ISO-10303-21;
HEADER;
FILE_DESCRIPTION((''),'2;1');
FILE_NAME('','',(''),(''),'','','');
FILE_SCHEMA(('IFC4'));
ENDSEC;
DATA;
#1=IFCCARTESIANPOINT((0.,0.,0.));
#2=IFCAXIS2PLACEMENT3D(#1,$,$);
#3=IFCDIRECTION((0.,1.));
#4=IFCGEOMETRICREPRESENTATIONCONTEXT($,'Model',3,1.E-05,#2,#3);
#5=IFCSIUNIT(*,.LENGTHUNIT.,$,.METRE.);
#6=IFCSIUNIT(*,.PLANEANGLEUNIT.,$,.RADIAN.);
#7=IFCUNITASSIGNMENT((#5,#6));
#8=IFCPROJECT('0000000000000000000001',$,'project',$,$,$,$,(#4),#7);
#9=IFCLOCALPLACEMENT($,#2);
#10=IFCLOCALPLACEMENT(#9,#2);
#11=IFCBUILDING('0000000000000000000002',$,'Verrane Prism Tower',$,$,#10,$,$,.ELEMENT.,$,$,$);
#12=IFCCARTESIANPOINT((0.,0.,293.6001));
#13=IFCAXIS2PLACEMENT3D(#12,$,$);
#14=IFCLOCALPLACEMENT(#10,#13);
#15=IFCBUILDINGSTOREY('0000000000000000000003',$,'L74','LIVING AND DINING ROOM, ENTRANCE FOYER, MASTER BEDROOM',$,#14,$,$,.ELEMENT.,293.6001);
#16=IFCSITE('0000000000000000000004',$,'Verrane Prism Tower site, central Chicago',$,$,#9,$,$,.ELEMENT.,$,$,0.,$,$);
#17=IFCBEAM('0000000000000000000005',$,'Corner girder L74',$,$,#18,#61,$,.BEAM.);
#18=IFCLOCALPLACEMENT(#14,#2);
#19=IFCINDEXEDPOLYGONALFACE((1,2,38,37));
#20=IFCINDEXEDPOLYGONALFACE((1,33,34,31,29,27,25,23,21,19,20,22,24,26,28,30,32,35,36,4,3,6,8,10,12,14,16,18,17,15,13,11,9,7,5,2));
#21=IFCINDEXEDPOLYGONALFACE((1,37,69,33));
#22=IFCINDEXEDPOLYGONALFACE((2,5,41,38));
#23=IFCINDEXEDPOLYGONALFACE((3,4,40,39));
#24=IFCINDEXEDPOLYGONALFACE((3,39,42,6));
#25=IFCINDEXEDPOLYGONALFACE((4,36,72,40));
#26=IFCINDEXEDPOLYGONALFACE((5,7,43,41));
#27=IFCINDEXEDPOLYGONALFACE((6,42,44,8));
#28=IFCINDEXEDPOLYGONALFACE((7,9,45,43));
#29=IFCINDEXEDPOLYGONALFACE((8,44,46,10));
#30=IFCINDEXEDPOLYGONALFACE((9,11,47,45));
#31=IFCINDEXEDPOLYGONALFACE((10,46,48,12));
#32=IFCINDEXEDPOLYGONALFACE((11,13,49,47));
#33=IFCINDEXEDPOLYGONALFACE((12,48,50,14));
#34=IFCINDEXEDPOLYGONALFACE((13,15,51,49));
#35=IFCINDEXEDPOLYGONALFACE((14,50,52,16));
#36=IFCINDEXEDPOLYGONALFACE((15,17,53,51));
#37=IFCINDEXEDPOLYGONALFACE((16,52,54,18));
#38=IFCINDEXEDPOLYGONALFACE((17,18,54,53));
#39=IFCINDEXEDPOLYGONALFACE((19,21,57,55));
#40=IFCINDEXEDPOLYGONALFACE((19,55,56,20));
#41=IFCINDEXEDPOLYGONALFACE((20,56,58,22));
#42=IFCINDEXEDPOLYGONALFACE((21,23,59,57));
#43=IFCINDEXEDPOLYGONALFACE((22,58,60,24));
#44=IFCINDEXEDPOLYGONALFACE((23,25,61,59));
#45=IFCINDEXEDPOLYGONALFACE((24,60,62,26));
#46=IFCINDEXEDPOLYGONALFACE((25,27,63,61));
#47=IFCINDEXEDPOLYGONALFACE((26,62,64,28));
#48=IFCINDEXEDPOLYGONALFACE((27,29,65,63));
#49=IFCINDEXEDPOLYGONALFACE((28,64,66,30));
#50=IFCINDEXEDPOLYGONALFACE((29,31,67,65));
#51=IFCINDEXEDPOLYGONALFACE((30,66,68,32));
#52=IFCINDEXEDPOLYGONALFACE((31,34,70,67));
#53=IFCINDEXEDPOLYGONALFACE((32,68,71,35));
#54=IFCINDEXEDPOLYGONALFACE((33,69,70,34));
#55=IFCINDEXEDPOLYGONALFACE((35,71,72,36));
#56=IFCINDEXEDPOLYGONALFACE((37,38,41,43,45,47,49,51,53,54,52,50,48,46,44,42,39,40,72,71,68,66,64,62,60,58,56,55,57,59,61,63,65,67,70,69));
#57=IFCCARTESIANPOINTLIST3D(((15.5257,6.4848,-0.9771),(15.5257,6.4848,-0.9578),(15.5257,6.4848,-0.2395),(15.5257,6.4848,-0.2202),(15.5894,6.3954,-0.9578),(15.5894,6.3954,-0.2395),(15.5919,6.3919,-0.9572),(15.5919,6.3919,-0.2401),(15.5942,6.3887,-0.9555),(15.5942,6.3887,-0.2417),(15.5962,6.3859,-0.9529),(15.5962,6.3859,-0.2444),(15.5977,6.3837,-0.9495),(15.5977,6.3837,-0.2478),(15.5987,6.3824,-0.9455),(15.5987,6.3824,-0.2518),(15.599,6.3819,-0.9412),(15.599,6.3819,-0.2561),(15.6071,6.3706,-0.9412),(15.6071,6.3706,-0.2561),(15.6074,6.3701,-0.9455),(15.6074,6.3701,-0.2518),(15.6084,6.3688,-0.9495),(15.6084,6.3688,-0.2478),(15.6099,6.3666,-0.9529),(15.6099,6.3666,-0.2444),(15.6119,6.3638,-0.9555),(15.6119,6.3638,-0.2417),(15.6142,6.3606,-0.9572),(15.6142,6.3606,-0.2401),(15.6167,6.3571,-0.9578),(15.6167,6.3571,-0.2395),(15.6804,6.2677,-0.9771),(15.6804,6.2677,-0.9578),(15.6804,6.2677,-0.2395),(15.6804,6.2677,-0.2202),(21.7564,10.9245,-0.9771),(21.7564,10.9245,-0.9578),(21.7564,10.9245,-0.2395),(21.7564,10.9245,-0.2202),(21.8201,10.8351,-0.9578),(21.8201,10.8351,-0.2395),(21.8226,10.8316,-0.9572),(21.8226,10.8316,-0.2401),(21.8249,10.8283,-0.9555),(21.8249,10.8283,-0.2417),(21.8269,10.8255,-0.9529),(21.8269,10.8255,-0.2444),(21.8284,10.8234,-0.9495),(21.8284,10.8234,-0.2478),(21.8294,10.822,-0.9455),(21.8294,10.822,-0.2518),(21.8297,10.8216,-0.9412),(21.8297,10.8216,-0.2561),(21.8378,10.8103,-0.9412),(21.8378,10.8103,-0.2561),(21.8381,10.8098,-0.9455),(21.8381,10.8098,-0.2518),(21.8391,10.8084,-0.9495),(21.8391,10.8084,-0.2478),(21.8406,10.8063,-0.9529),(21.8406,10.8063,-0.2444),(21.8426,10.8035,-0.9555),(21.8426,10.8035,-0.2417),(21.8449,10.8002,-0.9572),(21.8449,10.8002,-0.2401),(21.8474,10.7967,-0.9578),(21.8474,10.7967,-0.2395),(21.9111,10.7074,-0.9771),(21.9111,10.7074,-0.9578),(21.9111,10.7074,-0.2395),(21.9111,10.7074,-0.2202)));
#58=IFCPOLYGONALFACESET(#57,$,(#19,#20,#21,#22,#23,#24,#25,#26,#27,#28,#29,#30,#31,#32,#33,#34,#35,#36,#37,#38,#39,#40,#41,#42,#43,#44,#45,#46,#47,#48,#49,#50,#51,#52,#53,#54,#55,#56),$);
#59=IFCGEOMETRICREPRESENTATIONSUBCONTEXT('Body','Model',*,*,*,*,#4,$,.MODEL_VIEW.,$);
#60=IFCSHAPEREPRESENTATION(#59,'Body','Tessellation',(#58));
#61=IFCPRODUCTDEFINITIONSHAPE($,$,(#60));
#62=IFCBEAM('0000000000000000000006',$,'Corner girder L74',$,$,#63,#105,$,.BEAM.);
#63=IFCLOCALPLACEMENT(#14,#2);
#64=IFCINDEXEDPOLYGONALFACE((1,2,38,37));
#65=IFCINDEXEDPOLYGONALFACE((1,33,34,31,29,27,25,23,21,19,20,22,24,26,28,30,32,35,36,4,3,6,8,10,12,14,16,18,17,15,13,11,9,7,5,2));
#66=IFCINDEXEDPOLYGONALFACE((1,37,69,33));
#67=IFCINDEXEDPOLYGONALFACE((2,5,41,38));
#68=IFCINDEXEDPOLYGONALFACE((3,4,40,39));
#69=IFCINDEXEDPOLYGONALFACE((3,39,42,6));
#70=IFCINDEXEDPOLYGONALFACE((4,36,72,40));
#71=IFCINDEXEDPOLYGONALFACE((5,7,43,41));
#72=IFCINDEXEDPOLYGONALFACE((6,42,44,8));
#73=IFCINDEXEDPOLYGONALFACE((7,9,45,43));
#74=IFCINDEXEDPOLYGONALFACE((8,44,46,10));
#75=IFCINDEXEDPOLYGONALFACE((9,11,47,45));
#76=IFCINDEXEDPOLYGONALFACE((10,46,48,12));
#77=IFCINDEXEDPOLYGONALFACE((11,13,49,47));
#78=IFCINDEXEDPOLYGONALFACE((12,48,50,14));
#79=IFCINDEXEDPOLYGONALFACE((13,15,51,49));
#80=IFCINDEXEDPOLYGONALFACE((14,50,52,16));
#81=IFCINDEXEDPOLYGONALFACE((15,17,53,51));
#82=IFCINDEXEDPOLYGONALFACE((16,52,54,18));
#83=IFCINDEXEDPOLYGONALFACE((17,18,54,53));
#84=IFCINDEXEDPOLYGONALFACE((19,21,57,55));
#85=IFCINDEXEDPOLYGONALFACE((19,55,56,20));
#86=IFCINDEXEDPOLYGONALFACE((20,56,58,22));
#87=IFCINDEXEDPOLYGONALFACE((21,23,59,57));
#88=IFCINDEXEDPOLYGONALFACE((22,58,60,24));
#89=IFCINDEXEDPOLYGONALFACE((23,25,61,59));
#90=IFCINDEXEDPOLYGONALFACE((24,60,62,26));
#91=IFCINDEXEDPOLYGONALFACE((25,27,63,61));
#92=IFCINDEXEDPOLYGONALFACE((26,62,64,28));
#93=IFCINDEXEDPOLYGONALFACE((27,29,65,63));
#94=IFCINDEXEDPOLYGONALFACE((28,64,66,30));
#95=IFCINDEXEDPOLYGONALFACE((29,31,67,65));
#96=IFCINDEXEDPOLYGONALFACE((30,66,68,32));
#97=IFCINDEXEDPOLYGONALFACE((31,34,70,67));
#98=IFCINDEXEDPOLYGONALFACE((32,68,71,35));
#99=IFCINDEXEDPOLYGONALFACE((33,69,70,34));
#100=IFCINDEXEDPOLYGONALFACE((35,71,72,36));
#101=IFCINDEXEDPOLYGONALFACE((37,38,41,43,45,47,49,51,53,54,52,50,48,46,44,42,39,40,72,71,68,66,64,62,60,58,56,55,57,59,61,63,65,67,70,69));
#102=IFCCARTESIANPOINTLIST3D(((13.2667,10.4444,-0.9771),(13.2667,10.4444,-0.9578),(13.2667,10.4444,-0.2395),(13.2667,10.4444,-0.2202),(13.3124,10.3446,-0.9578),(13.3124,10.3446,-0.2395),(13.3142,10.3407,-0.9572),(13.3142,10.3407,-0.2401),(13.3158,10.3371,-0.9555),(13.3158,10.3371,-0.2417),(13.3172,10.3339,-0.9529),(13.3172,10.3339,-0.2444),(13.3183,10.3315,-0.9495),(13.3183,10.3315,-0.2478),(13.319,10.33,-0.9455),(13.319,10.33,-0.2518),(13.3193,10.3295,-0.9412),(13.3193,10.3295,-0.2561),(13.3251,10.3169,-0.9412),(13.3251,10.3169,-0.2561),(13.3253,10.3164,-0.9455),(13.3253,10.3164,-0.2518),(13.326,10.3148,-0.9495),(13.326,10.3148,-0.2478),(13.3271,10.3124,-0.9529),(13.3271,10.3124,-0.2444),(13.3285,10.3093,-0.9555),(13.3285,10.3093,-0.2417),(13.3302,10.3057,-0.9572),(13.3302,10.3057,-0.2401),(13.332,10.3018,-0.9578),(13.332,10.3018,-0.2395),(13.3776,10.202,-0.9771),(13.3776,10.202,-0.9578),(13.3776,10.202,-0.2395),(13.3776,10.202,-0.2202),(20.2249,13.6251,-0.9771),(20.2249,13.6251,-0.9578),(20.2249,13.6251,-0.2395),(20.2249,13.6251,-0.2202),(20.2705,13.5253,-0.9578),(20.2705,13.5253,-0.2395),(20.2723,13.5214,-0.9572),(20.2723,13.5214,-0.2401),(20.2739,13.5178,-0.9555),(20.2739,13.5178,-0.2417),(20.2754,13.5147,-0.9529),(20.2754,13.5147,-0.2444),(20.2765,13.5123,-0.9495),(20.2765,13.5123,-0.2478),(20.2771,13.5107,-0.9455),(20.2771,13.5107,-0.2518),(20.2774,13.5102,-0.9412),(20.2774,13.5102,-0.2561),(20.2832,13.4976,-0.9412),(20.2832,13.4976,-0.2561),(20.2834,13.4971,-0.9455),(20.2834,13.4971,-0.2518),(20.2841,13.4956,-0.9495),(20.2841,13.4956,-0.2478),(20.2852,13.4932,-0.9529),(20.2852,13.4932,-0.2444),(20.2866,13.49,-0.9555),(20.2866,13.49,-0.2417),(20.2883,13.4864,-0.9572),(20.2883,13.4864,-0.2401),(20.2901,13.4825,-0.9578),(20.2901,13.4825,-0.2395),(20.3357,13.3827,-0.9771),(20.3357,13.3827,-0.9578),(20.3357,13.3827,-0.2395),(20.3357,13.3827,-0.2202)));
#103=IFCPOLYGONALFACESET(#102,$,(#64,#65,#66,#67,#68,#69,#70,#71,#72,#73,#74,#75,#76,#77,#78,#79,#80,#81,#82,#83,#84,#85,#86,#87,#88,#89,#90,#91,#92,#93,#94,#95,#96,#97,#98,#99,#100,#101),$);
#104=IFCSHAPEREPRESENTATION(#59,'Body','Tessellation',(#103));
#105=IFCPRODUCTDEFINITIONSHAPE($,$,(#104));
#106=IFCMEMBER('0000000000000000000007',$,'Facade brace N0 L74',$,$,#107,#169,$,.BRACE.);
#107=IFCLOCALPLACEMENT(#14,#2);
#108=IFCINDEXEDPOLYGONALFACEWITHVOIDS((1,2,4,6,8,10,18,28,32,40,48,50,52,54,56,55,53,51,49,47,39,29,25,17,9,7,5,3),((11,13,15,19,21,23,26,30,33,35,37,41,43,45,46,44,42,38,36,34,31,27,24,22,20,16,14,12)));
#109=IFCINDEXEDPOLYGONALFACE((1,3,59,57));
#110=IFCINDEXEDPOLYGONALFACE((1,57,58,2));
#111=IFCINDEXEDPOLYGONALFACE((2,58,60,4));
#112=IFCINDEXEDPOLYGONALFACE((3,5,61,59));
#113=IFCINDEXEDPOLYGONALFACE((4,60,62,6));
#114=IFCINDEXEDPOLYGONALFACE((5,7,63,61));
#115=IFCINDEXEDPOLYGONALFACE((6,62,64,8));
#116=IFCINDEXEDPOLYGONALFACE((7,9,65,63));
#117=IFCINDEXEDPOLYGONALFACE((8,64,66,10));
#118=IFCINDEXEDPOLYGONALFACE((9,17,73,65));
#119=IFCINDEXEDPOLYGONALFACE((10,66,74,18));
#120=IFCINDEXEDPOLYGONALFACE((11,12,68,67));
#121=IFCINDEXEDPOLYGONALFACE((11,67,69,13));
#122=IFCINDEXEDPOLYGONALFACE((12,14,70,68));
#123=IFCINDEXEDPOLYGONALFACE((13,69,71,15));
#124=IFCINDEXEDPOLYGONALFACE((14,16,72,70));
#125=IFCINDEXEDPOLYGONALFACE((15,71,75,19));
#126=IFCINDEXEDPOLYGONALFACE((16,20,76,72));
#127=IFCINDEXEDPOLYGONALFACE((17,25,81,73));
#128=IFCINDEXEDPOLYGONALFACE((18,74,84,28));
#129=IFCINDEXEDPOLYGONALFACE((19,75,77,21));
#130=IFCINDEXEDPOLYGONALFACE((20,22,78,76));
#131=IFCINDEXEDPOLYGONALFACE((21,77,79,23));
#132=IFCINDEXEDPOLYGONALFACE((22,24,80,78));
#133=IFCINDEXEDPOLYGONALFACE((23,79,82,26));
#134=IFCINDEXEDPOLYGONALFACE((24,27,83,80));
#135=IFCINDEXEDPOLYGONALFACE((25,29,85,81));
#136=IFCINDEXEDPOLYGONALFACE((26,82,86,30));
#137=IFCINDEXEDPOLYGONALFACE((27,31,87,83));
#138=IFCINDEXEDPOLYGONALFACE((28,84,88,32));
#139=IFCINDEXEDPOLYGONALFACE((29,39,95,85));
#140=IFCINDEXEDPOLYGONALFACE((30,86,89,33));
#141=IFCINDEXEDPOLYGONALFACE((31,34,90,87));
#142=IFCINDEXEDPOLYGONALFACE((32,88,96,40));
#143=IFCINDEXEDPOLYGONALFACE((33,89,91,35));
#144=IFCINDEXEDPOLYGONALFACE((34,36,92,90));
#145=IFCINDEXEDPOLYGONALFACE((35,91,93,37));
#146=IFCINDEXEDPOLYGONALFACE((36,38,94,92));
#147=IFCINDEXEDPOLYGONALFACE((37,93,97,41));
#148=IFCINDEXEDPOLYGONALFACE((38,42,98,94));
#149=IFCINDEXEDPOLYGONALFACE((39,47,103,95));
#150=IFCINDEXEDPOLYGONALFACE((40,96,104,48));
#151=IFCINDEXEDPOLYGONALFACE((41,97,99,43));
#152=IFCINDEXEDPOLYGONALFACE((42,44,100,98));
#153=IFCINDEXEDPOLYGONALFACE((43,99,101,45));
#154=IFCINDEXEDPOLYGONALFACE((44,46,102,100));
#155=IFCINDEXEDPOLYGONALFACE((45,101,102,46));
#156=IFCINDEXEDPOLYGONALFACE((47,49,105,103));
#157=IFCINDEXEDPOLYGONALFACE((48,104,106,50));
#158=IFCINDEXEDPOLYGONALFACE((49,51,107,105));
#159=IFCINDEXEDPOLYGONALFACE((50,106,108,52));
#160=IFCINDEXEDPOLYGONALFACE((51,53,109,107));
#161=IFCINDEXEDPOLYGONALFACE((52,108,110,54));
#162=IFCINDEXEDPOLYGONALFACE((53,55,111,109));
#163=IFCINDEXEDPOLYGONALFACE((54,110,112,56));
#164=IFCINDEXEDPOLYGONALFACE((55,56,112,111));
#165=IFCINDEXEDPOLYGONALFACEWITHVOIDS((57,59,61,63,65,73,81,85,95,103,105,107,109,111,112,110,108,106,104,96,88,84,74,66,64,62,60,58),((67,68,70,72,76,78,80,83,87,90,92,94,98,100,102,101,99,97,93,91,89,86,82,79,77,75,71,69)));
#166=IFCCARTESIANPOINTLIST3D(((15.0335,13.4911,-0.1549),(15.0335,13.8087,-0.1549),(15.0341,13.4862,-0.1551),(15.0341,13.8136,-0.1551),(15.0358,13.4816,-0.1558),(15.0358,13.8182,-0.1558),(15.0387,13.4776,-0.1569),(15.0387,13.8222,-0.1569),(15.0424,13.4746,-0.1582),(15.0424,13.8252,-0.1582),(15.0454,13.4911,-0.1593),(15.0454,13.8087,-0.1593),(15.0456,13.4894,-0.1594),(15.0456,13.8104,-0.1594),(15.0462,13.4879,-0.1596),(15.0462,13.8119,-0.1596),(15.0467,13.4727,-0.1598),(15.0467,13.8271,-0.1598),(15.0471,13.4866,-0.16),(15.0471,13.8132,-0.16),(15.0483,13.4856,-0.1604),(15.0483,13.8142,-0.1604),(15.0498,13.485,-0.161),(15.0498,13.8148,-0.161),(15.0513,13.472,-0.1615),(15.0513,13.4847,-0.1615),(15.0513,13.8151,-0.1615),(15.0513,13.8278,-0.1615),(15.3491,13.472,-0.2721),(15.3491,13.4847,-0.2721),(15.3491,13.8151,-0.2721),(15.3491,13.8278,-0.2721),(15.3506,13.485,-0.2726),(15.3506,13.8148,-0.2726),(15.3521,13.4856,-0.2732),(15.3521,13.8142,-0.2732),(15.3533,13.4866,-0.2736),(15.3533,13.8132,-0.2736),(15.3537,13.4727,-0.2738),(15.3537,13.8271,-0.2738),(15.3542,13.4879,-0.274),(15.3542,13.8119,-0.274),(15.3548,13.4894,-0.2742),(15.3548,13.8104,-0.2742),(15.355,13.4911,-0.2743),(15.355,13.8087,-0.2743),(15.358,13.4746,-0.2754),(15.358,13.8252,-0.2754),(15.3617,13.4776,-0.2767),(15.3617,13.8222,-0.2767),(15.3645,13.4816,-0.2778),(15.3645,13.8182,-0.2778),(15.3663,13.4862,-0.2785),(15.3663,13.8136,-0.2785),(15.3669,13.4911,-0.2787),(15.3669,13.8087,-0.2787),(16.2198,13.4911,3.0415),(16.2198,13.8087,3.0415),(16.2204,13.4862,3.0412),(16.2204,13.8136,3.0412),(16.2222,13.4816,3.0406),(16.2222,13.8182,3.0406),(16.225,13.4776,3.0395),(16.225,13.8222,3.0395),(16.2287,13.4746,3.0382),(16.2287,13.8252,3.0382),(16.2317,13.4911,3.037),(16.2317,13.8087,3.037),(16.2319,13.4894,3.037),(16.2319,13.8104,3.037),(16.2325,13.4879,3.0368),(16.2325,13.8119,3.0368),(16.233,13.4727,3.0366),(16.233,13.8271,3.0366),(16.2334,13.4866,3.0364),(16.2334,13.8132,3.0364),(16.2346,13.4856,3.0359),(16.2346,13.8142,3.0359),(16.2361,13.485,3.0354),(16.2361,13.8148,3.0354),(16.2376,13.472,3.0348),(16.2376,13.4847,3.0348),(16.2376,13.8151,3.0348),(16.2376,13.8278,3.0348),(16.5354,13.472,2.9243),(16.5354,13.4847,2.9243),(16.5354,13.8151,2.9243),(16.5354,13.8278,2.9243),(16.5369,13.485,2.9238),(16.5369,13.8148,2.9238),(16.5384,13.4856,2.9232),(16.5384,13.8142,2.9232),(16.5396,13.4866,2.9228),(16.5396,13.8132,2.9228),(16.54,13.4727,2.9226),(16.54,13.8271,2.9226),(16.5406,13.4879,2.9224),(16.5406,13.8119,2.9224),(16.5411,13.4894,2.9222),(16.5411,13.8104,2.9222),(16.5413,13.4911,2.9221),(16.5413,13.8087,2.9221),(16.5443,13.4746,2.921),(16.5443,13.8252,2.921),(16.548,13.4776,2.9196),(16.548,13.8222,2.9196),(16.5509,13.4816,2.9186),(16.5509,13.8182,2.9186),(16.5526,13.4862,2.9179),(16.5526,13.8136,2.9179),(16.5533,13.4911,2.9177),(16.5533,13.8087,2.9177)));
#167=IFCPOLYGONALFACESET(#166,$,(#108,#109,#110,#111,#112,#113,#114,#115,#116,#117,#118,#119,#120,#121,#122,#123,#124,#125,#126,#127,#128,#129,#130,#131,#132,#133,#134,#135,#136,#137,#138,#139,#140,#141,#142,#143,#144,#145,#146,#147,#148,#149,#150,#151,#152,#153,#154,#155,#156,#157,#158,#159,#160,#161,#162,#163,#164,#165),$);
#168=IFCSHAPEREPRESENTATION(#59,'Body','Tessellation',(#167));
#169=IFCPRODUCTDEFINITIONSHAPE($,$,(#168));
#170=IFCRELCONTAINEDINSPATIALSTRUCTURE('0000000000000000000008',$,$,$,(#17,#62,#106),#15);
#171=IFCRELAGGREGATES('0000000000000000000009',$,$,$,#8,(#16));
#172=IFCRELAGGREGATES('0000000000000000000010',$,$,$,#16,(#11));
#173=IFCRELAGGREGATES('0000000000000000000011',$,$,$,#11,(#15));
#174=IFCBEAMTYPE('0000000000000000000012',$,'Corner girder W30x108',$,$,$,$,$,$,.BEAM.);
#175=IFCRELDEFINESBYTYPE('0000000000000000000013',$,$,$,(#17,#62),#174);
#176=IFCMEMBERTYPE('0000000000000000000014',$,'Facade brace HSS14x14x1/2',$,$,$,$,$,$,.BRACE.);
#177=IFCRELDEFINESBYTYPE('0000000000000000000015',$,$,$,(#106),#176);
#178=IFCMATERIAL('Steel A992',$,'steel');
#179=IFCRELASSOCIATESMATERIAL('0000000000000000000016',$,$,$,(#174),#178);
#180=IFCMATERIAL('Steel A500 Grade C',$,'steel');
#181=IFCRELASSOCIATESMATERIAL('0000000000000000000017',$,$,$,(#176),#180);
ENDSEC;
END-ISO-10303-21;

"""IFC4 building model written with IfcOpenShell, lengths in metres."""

from ifc_helpers import new_model, si_unit, direction, frame, origin, origin_2d, place, context, subcontext, project, spatial, hollow_rectangle, i_section, extrude, material, material_profile, profile_set, type_object, element, save


model = new_model("IFC4")

# Units and contexts
model_context = context("Model", 3, precision=1e-05, world=origin(), true_north=direction((0.0, 1.0)))
body_context = subcontext(model_context, "Body", "Model", "MODEL_VIEW")
ifc_project = project(units=[si_unit("LENGTHUNIT", "METRE"), si_unit("PLANEANGLEUNIT", "RADIAN")], contexts=[model_context])

# Site, building, storey
site_placement = place(None, origin())
site = spatial("IfcSite", under=ifc_project, at=site_placement, Name="Verrane Prism Tower site, central Chicago", CompositionType="ELEMENT", RefElevation=0.0)
building_placement = place(site_placement, origin())
building = spatial("IfcBuilding", under=site, at=building_placement, Name="Verrane Prism Tower", CompositionType="ELEMENT")
storey_placement = place(building_placement, frame((0.0, 0.0, 293.6001)))
storey = spatial("IfcBuildingStorey", under=building, at=storey_placement, Name="L74", Description="LIVING AND DINING ROOM, ENTRANCE FOYER, MASTER BEDROOM", CompositionType="ELEMENT", Elevation=293.6001)

# Beams
ifc_material_1 = material(Name="Steel A992", Category="steel")
ifc_material_profile_1 = material_profile(ifc_material_1, i_section(OverallWidth=0.2666, OverallDepth=0.7568, WebThickness=0.0139, FlangeThickness=0.0193, FilletRadius=0.0166, at=origin_2d()), Name="W30x108")
ifc_profile_set_1 = profile_set([ifc_material_profile_1], Name="Steel A992")
beam_type_1 = type_object("IfcBeamType", Name="Corner girder W30x108", PredefinedType="BEAM", material=ifc_profile_set_1)
for number, where, z_axis, x_axis, name in (
    (1, (21.8337, 10.8159, -0.5986), (-0.814401, -0.580302, 0.0), (0.580302, -0.814401, 0.0), "Corner girder L74"),
    (2, (20.2803, 13.5039, -0.5986), (-0.909481, -0.415745, 0.0), (0.415745, -0.909481, 0.0), "Corner girder L74"),
):
    element("IfcBeam", number, at=place(storey_placement, frame(where, z_axis=z_axis, x_axis=x_axis)), inside=storey, type_object=beam_type_1, Name=name, PredefinedType="BEAM", context=body_context, shape_type="SweptSolid", body=[
        extrude(i_section(OverallWidth=0.2666, OverallDepth=0.7568, WebThickness=0.0139, FlangeThickness=0.0193, FilletRadius=0.0166, at=origin_2d()), origin(), (0.0, 0.0, 1.0), 7.6506),
    ])

# Member
ifc_material_2 = material(Name="Steel A500 Grade C", Category="steel")
ifc_material_profile_2 = material_profile(ifc_material_2, hollow_rectangle(XDim=0.3557, YDim=0.3557, WallThickness=0.0127, InnerFilletRadius=0.0063, OuterFilletRadius=0.019, at=origin_2d()), Name="HSS14x14x1/2")
ifc_profile_set_2 = profile_set([ifc_material_profile_2], Name="Steel A500 Grade C")
member_type_1 = type_object("IfcMemberType", Name="Facade brace HSS14x14x1/2", PredefinedType="BRACE", material=ifc_profile_set_2)
member_1_placement = place(storey_placement, frame((15.2002, 13.6499, -0.2168), z_axis=(0.347951, 0.0, 0.937513), x_axis=(0.0, 1.0, 0.0)))
element("IfcMember", 3, at=member_1_placement, inside=storey, type_object=member_type_1, Name="Facade brace N0 L74", PredefinedType="BRACE", context=body_context, shape_type="SweptSolid", body=[
    extrude(hollow_rectangle(XDim=0.3557, YDim=0.3557, WallThickness=0.0127, InnerFilletRadius=0.0063, OuterFilletRadius=0.019, at=origin_2d()), origin(), (0.0, 0.0, 1.0), 3.4094),
])

save(model, "model.ifc")
